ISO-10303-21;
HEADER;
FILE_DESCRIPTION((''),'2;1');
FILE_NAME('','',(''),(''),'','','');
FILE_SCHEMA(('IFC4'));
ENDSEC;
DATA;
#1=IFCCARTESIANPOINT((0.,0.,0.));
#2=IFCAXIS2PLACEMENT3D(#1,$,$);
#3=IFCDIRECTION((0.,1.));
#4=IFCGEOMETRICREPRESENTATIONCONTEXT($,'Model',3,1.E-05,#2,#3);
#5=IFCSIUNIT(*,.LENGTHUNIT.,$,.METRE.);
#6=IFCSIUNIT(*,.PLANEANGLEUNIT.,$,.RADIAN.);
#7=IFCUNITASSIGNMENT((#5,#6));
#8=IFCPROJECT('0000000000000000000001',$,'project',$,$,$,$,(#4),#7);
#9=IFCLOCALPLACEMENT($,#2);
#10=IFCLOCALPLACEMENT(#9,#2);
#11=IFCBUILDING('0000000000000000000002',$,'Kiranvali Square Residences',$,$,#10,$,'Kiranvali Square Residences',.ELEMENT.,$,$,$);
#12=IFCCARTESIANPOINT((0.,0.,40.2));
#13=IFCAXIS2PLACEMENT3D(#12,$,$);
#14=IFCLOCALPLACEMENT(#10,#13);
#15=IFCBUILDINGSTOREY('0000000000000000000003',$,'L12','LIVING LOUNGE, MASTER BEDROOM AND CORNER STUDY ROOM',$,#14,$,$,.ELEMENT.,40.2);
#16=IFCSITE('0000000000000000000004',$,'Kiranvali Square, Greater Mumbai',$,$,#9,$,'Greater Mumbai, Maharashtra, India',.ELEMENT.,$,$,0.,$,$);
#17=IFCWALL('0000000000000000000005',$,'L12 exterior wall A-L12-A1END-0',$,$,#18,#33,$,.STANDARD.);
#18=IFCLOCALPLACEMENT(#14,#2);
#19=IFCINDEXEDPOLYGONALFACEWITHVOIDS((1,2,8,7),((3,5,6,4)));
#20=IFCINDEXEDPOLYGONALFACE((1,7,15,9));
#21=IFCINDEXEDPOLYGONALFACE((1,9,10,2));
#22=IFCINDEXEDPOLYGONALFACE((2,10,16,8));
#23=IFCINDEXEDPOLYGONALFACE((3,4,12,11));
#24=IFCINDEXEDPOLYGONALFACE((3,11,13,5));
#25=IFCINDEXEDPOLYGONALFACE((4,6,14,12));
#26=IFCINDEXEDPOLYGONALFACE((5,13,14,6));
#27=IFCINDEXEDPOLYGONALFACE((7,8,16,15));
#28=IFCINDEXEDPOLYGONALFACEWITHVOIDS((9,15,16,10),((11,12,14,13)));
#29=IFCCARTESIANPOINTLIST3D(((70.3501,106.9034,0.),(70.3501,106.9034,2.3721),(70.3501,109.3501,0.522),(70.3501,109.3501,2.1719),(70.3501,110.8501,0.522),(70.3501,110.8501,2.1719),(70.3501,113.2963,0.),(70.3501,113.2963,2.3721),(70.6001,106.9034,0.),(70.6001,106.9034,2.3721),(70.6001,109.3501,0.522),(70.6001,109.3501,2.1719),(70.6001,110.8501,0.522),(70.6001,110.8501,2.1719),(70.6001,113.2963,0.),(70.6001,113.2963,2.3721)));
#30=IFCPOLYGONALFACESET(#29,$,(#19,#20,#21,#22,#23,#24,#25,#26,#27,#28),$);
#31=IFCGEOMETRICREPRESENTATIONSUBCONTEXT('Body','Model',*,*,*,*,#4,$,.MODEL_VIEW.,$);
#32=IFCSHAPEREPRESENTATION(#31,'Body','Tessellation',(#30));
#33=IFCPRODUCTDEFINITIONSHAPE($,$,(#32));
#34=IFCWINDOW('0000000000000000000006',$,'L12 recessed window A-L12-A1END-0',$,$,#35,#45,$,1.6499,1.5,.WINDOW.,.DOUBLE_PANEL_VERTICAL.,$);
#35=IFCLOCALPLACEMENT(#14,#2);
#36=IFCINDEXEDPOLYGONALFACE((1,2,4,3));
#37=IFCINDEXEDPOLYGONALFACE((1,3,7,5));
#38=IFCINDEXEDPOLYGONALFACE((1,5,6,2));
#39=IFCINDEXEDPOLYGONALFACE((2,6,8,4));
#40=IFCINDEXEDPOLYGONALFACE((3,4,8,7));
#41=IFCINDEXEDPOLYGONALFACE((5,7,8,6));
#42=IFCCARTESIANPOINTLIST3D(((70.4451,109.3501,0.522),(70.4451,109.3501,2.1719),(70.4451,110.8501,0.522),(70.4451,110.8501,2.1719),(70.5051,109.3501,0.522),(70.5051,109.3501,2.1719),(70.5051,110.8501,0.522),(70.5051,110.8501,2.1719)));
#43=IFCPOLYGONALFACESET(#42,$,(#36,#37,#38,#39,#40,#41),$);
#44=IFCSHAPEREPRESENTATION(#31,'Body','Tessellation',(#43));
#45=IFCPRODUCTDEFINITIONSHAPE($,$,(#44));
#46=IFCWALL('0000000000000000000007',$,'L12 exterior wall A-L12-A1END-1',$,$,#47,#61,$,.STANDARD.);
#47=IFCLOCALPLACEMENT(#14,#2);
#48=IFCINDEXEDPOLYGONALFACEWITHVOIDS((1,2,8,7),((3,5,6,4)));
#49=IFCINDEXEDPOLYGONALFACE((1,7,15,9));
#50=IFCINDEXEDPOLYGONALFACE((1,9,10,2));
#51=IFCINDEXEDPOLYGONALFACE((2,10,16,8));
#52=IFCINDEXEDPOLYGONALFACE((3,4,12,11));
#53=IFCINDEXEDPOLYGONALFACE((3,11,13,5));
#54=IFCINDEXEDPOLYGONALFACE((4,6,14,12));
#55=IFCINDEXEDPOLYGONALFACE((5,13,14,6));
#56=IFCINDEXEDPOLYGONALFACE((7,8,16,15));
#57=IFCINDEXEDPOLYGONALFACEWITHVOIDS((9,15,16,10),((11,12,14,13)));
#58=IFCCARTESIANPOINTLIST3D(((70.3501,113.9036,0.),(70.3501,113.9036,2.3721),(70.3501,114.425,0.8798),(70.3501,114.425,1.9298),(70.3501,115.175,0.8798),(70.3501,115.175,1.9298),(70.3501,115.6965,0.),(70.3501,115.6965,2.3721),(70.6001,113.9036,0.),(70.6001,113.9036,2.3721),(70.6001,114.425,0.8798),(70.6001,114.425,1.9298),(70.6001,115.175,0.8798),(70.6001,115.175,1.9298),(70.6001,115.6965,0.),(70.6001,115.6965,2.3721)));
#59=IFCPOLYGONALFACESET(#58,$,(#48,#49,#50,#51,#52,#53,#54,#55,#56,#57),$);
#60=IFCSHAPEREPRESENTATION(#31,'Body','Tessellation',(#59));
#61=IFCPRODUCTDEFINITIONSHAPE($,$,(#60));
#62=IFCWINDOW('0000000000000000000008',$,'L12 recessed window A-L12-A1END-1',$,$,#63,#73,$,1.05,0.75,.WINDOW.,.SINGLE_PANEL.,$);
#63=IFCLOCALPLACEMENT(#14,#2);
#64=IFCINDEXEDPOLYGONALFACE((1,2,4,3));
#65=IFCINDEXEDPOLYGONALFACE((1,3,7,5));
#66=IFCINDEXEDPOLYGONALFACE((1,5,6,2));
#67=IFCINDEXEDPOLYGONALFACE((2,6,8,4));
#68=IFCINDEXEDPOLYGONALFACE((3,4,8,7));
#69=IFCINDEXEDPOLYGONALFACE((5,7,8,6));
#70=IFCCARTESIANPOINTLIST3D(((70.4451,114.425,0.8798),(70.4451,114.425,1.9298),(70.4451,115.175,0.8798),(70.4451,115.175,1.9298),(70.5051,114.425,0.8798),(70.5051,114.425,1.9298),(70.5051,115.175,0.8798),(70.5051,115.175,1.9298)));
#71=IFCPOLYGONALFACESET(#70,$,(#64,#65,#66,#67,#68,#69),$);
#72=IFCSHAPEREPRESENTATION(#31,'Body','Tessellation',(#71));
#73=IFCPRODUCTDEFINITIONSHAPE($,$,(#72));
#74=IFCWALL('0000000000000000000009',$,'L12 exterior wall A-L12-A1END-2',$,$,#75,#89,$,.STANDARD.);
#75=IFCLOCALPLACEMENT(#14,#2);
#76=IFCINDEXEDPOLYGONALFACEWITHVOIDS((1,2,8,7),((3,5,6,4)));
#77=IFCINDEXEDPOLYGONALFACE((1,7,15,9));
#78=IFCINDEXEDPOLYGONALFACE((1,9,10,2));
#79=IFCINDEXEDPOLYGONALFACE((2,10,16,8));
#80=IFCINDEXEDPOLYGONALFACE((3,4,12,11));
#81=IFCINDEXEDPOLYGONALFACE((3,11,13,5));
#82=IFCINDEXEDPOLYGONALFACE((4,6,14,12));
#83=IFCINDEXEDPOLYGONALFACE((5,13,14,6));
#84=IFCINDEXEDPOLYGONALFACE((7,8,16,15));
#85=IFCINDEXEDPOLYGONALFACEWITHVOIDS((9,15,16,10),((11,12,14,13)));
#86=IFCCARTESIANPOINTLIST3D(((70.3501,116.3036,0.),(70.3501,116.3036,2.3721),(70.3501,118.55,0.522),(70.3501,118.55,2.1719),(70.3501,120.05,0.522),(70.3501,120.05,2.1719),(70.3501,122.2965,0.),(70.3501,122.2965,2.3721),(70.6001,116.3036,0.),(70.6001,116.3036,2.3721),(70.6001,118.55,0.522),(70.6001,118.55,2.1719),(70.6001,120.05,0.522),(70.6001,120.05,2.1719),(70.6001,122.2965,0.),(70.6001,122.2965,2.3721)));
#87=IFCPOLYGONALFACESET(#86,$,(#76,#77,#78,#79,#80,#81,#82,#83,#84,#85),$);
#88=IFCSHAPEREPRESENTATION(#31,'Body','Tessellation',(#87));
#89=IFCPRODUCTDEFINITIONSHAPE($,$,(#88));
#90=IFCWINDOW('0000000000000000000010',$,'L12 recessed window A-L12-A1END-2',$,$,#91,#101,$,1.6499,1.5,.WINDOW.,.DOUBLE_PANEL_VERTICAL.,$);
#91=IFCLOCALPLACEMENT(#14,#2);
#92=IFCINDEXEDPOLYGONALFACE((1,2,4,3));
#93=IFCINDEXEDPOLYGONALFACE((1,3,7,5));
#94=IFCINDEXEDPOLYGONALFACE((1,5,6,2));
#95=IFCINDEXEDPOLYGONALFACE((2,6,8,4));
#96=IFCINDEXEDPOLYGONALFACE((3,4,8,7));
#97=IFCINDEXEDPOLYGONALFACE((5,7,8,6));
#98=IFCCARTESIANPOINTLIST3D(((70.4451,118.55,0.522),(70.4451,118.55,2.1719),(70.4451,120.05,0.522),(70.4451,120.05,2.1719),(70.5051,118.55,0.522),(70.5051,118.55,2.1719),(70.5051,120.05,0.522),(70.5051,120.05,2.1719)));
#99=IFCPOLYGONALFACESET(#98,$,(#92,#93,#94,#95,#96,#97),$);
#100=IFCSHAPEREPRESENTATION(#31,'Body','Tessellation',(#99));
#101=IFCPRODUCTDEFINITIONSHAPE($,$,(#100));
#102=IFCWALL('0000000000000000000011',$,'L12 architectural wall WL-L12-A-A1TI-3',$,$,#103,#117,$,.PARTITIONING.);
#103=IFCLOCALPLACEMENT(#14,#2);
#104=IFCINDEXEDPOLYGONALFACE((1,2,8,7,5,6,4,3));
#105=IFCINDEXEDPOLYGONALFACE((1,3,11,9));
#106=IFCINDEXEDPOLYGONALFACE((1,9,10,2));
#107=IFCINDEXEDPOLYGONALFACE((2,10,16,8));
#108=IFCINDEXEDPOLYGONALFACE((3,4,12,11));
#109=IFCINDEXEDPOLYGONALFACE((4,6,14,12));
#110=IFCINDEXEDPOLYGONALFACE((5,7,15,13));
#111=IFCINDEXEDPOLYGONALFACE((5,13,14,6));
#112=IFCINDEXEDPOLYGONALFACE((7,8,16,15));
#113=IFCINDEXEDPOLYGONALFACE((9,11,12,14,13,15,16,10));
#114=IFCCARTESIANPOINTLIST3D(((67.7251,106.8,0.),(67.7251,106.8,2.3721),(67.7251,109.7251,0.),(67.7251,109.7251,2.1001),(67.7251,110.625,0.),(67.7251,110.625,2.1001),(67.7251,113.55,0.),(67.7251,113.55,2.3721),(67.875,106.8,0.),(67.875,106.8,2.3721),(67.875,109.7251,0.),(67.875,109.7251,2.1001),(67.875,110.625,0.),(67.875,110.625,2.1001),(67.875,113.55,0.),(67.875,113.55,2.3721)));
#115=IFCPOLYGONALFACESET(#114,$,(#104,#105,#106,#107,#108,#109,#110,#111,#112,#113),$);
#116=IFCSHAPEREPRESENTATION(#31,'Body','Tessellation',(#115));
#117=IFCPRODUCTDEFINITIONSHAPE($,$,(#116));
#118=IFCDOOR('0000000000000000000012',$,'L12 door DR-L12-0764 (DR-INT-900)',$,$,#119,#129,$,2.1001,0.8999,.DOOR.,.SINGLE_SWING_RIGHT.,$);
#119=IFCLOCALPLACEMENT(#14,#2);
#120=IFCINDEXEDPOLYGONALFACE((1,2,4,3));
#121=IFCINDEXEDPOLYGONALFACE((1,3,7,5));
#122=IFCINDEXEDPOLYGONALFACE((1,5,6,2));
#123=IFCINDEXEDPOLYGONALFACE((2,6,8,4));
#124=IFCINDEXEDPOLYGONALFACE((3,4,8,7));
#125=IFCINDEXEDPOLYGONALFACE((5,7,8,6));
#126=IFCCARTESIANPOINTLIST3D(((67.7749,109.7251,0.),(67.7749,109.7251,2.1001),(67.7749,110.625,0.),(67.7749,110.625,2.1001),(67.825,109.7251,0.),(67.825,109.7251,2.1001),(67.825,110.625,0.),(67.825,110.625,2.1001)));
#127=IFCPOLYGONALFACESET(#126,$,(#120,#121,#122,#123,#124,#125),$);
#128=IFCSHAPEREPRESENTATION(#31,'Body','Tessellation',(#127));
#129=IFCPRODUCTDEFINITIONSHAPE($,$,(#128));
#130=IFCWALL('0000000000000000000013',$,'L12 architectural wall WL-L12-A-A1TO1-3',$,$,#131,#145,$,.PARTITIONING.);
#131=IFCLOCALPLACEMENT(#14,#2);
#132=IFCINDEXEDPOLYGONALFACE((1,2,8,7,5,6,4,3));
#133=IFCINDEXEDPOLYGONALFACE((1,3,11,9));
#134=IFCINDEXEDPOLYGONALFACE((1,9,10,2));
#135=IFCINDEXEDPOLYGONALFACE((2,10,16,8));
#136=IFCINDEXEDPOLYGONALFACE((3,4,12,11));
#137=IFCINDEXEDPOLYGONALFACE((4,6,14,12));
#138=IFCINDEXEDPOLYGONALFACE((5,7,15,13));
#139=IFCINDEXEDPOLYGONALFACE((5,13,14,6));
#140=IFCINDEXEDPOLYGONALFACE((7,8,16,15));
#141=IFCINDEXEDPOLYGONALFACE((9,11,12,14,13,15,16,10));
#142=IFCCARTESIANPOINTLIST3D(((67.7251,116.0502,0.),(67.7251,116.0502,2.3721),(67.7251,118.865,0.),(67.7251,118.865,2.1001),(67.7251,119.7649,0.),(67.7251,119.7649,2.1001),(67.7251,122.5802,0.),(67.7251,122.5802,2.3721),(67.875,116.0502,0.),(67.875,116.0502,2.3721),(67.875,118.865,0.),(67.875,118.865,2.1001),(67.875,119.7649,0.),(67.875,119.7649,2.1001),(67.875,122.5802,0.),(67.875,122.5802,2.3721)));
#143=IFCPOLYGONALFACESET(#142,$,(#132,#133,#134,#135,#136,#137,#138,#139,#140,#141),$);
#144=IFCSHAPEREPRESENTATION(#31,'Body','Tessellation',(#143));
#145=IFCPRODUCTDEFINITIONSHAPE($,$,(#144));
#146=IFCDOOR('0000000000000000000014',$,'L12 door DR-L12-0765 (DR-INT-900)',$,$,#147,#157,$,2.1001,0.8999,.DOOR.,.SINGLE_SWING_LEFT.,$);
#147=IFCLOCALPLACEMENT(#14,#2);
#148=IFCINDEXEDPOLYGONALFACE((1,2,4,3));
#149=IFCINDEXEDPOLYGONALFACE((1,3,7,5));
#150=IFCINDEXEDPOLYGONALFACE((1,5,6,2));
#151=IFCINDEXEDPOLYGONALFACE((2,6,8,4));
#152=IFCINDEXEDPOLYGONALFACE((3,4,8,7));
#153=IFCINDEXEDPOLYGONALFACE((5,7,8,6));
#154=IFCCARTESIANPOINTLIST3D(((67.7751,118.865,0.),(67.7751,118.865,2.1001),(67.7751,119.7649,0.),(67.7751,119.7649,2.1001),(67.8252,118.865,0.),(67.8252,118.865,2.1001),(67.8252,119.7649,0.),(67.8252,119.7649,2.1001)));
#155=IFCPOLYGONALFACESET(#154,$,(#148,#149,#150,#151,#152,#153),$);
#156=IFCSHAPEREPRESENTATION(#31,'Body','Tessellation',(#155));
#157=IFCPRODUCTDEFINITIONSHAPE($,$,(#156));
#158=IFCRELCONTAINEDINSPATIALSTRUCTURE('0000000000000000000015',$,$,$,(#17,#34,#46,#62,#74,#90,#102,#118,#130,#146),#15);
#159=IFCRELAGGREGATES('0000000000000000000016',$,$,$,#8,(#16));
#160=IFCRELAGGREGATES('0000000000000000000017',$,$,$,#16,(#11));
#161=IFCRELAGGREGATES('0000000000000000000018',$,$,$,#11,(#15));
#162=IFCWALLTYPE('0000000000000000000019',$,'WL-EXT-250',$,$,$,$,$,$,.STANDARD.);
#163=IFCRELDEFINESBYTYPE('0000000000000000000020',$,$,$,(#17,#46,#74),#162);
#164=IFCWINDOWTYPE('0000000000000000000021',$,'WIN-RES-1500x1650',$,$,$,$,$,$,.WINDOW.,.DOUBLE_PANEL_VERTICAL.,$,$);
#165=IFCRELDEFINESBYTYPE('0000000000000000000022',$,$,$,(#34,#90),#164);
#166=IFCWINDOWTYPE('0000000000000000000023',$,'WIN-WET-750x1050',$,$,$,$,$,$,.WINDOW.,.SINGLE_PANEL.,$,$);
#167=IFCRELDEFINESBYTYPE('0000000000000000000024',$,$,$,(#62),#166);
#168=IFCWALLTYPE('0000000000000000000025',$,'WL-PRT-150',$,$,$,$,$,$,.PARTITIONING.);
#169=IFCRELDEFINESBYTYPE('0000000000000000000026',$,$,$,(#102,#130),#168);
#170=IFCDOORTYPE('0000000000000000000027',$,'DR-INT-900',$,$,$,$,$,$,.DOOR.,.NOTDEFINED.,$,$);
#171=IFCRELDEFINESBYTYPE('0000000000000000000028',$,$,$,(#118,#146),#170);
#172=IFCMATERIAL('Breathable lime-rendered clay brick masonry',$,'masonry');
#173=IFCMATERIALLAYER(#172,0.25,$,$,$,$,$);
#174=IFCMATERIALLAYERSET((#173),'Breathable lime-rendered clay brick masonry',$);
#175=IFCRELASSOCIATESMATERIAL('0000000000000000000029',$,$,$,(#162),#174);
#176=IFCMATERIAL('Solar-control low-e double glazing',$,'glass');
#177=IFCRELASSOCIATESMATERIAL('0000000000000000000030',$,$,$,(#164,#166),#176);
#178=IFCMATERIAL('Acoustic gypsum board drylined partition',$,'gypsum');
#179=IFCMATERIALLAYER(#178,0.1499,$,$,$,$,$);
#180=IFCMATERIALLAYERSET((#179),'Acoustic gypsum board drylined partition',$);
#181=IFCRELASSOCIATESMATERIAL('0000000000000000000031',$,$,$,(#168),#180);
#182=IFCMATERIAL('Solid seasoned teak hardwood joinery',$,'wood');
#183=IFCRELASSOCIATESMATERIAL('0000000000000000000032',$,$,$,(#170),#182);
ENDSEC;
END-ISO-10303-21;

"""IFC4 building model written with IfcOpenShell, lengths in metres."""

from ifc_helpers import new_model, si_unit, direction, frame, frame_2d, origin, place, context, subcontext, project, spatial, rectangle, extrude, material, layer, layer_set, type_object, element, fill, save


model = new_model("IFC4")

# Units and contexts
model_context = context("Model", 3, precision=1e-05, world=origin(), true_north=direction((0.0, 1.0)))
body_context = subcontext(model_context, "Body", "Model", "MODEL_VIEW")
ifc_project = project(units=[si_unit("LENGTHUNIT", "METRE"), si_unit("PLANEANGLEUNIT", "RADIAN")], contexts=[model_context])

# Site, building, storey
site_placement = place(None, origin())
site = spatial("IfcSite", under=ifc_project, at=site_placement, Name="Kiranvali Square, Greater Mumbai", LongName="Greater Mumbai, Maharashtra, India", CompositionType="ELEMENT", RefElevation=0.0)
building_placement = place(site_placement, origin())
building = spatial("IfcBuilding", under=site, at=building_placement, Name="Kiranvali Square Residences", LongName="Kiranvali Square Residences", CompositionType="ELEMENT")
storey_placement = place(building_placement, frame((0.0, 0.0, 40.2)))
storey = spatial("IfcBuildingStorey", under=building, at=storey_placement, Name="L12", Description="LIVING LOUNGE, MASTER BEDROOM AND CORNER STUDY ROOM", CompositionType="ELEMENT", Elevation=40.2)

# Walls, openings, windows
ifc_material_1 = material(Name="Breathable lime-rendered clay brick masonry", Category="masonry")
ifc_layer_1 = layer(ifc_material_1, 0.25)
ifc_layer_set_1 = layer_set([ifc_layer_1], Name="Breathable lime-rendered clay brick masonry")
wall_type_1 = type_object("IfcWallType", Name="WL-EXT-250", PredefinedType="STANDARD", material=ifc_layer_set_1)
ifc_material_2 = material(Name="Solar-control low-e double glazing", Category="glass")
wall_1_placement = place(storey_placement, frame((70.4751, 106.9036, 0.0), z_axis=(0.0, 0.0, 1.0), x_axis=(0.0, 1.0, 0.0)))
wall_1 = element("IfcWall", 1, at=wall_1_placement, inside=storey, type_object=wall_type_1, Name="L12 exterior wall A-L12-A1END-0", PredefinedType="STANDARD", context=body_context, shape_type="SweptSolid", body=[
    extrude(rectangle(XDim=6.3928, YDim=0.25, at=frame_2d((3.1963, 0.0))), origin(), (0.0, 0.0, 1.0), 2.3721),
])
opening_1_placement = place(wall_1_placement, frame((2.4465, 0.0, 0.522)))
opening_1 = element("IfcOpeningElement", 2, at=opening_1_placement, cuts=wall_1, PredefinedType="OPENING", context=body_context, shape_type="SweptSolid", body=[
    extrude(rectangle(XDim=1.5, YDim=1.6499, at=frame_2d((0.75, 0.825))), frame((0.0, 0.135, 0.0), z_axis=(0.0, -1.0, 0.0), x_axis=(1.0, 0.0, 0.0)), (0.0, 0.0, 1.0), 0.27),
])
window_type_1 = type_object("IfcWindowType", Name="WIN-RES-1500x1650", PartitioningType="DOUBLE_PANEL_VERTICAL", PredefinedType="WINDOW", material=ifc_material_2)
window_1_placement = place(opening_1_placement, origin())
window_1 = element("IfcWindow", 3, at=window_1_placement, inside=storey, type_object=window_type_1, Name="L12 recessed window A-L12-A1END-0", OverallHeight=1.6499, OverallWidth=1.5, PartitioningType="DOUBLE_PANEL_VERTICAL", PredefinedType="WINDOW", context=body_context, shape_type="SweptSolid", body=[
    extrude(rectangle(XDim=1.5, YDim=1.6499, at=frame_2d((0.75, 0.825))), frame((0.0, 0.03, 0.0), z_axis=(0.0, -1.0, 0.0), x_axis=(1.0, 0.0, 0.0)), (0.0, 0.0, 1.0), 0.0601),
])
fill(opening_1, window_1)
wall_2_placement = place(storey_placement, frame((70.4751, 113.9036, 0.0), z_axis=(0.0, 0.0, 1.0), x_axis=(0.0, 1.0, 0.0)))
wall_2 = element("IfcWall", 4, at=wall_2_placement, inside=storey, type_object=wall_type_1, Name="L12 exterior wall A-L12-A1END-1", PredefinedType="STANDARD", context=body_context, shape_type="SweptSolid", body=[
    extrude(rectangle(XDim=1.793, YDim=0.25, at=frame_2d((0.8965, 0.0))), origin(), (0.0, 0.0, 1.0), 2.3721),
])
opening_2_placement = place(wall_2_placement, frame((0.5215, 0.0, 0.8799)))
opening_2 = element("IfcOpeningElement", 5, at=opening_2_placement, cuts=wall_2, PredefinedType="OPENING", context=body_context, shape_type="SweptSolid", body=[
    extrude(rectangle(XDim=0.75, YDim=1.05, at=frame_2d((0.375, 0.5249))), frame((0.0, 0.135, 0.0), z_axis=(0.0, -1.0, 0.0), x_axis=(1.0, 0.0, 0.0)), (0.0, 0.0, 1.0), 0.27),
])
window_type_2 = type_object("IfcWindowType", Name="WIN-WET-750x1050", PartitioningType="SINGLE_PANEL", PredefinedType="WINDOW", material=ifc_material_2)
window_2_placement = place(opening_2_placement, origin())
window_2 = element("IfcWindow", 6, at=window_2_placement, inside=storey, type_object=window_type_2, Name="L12 recessed window A-L12-A1END-1", OverallHeight=1.05, OverallWidth=0.75, PartitioningType="SINGLE_PANEL", PredefinedType="WINDOW", context=body_context, shape_type="SweptSolid", body=[
    extrude(rectangle(XDim=0.75, YDim=1.05, at=frame_2d((0.375, 0.5249))), frame((0.0, 0.03, 0.0), z_axis=(0.0, -1.0, 0.0), x_axis=(1.0, 0.0, 0.0)), (0.0, 0.0, 1.0), 0.0601),
])
fill(opening_2, window_2)
wall_3_placement = place(storey_placement, frame((70.4751, 116.3035, 0.0), z_axis=(0.0, 0.0, 1.0), x_axis=(0.0, 1.0, 0.0)))
wall_3 = element("IfcWall", 7, at=wall_3_placement, inside=storey, type_object=wall_type_1, Name="L12 exterior wall A-L12-A1END-2", PredefinedType="STANDARD", context=body_context, shape_type="SweptSolid", body=[
    extrude(rectangle(XDim=5.9929, YDim=0.25, at=frame_2d((2.9966, 0.0))), origin(), (0.0, 0.0, 1.0), 2.3721),
])
opening_3_placement = place(wall_3_placement, frame((2.2466, 0.0, 0.522)))
opening_3 = element("IfcOpeningElement", 8, at=opening_3_placement, cuts=wall_3, PredefinedType="OPENING", context=body_context, shape_type="SweptSolid", body=[
    extrude(rectangle(XDim=1.5, YDim=1.6499, at=frame_2d((0.75, 0.825))), frame((0.0, 0.135, 0.0), z_axis=(0.0, -1.0, 0.0), x_axis=(1.0, 0.0, 0.0)), (0.0, 0.0, 1.0), 0.27),
])
window_3_placement = place(opening_3_placement, origin())
window_3 = element("IfcWindow", 9, at=window_3_placement, inside=storey, type_object=window_type_1, Name="L12 recessed window A-L12-A1END-2", OverallHeight=1.6499, OverallWidth=1.5, PartitioningType="DOUBLE_PANEL_VERTICAL", PredefinedType="WINDOW", context=body_context, shape_type="SweptSolid", body=[
    extrude(rectangle(XDim=1.5, YDim=1.6499, at=frame_2d((0.75, 0.825))), frame((0.0, 0.03, 0.0), z_axis=(0.0, -1.0, 0.0), x_axis=(1.0, 0.0, 0.0)), (0.0, 0.0, 1.0), 0.0601),
])
fill(opening_3, window_3)

# Walls, openings, doors
ifc_material_3 = material(Name="Acoustic gypsum board drylined partition", Category="gypsum")
ifc_layer_2 = layer(ifc_material_3, 0.1499)
ifc_layer_set_2 = layer_set([ifc_layer_2], Name="Acoustic gypsum board drylined partition")
wall_type_2 = type_object("IfcWallType", Name="WL-PRT-150", PredefinedType="PARTITIONING", material=ifc_layer_set_2)
wall_4_placement = place(storey_placement, frame((67.8, 106.8, 0.0), z_axis=(0.0, 0.0, 1.0), x_axis=(0.0, 1.0, 0.0)))
wall_4 = element("IfcWall", 10, at=wall_4_placement, inside=storey, type_object=wall_type_2, Name="L12 architectural wall WL-L12-A-A1TI-3", PredefinedType="PARTITIONING", context=body_context, shape_type="SweptSolid", body=[
    extrude(rectangle(XDim=6.75, YDim=0.1499, at=frame_2d((3.375, 0.0))), origin(), (0.0, 0.0, 1.0), 2.3721),
])
opening_4_placement = place(wall_4_placement, frame((2.925, 0.0, 0.0)))
opening_4 = element("IfcOpeningElement", 11, at=opening_4_placement, cuts=wall_4, PredefinedType="OPENING", context=body_context, shape_type="SweptSolid", body=[
    extrude(rectangle(XDim=0.8999, YDim=2.1001, at=frame_2d((0.45, 1.05))), frame((0.0, 0.085, 0.0), z_axis=(0.0, -1.0, 0.0), x_axis=(1.0, 0.0, 0.0)), (0.0, 0.0, 1.0), 0.1699),
])
ifc_material_4 = material(Name="Solid seasoned teak hardwood joinery", Category="wood")
door_type = type_object("IfcDoorType", Name="DR-INT-900", OperationType="NOTDEFINED", PredefinedType="DOOR", material=ifc_material_4)
door_1_placement = place(opening_4_placement, frame((0.8999, 0.0, 0.0), z_axis=(0.0, 0.0, 1.0), x_axis=(-1.0, 0.0, 0.0)))
door_1 = element("IfcDoor", 12, at=door_1_placement, inside=storey, type_object=door_type, Name="L12 door DR-L12-0764 (DR-INT-900)", OperationType="SINGLE_SWING_RIGHT", OverallHeight=2.1001, OverallWidth=0.8999, PredefinedType="DOOR", context=body_context, shape_type="SweptSolid", body=[
    extrude(rectangle(XDim=0.8999, YDim=2.1001, at=frame_2d((0.45, 1.05))), frame((0.0, 0.0249, 0.0), z_axis=(0.0, -1.0, 0.0), x_axis=(1.0, 0.0, 0.0)), (0.0, 0.0, 1.0), 0.05),
])
fill(opening_4, door_1)
wall_5_placement = place(storey_placement, frame((67.8, 116.05, 0.0), z_axis=(0.0, 0.0, 1.0), x_axis=(0.0, 1.0, 0.0)))
wall_5 = element("IfcWall", 13, at=wall_5_placement, inside=storey, type_object=wall_type_2, Name="L12 architectural wall WL-L12-A-A1TO1-3", PredefinedType="PARTITIONING", context=body_context, shape_type="SweptSolid", body=[
    extrude(rectangle(XDim=6.53, YDim=0.1499, at=frame_2d((3.2651, 0.0))), origin(), (0.0, 0.0, 1.0), 2.3721),
])
opening_5_placement = place(wall_5_placement, frame((2.8149, 0.0, 0.0)))
opening_5 = element("IfcOpeningElement", 14, at=opening_5_placement, cuts=wall_5, PredefinedType="OPENING", context=body_context, shape_type="SweptSolid", body=[
    extrude(rectangle(XDim=0.8999, YDim=2.1001, at=frame_2d((0.45, 1.05))), frame((0.0, 0.085, 0.0), z_axis=(0.0, -1.0, 0.0), x_axis=(1.0, 0.0, 0.0)), (0.0, 0.0, 1.0), 0.1699),
])
door_2_placement = place(opening_5_placement, origin())
door_2 = element("IfcDoor", 15, at=door_2_placement, inside=storey, type_object=door_type, Name="L12 door DR-L12-0765 (DR-INT-900)", OperationType="SINGLE_SWING_LEFT", OverallHeight=2.1001, OverallWidth=0.8999, PredefinedType="DOOR", context=body_context, shape_type="SweptSolid", body=[
    extrude(rectangle(XDim=0.8999, YDim=2.1001, at=frame_2d((0.45, 1.05))), frame((0.0, 0.0249, 0.0), z_axis=(0.0, -1.0, 0.0), x_axis=(1.0, 0.0, 0.0)), (0.0, 0.0, 1.0), 0.05),
])
fill(opening_5, door_2)

save(model, "model.ifc")
